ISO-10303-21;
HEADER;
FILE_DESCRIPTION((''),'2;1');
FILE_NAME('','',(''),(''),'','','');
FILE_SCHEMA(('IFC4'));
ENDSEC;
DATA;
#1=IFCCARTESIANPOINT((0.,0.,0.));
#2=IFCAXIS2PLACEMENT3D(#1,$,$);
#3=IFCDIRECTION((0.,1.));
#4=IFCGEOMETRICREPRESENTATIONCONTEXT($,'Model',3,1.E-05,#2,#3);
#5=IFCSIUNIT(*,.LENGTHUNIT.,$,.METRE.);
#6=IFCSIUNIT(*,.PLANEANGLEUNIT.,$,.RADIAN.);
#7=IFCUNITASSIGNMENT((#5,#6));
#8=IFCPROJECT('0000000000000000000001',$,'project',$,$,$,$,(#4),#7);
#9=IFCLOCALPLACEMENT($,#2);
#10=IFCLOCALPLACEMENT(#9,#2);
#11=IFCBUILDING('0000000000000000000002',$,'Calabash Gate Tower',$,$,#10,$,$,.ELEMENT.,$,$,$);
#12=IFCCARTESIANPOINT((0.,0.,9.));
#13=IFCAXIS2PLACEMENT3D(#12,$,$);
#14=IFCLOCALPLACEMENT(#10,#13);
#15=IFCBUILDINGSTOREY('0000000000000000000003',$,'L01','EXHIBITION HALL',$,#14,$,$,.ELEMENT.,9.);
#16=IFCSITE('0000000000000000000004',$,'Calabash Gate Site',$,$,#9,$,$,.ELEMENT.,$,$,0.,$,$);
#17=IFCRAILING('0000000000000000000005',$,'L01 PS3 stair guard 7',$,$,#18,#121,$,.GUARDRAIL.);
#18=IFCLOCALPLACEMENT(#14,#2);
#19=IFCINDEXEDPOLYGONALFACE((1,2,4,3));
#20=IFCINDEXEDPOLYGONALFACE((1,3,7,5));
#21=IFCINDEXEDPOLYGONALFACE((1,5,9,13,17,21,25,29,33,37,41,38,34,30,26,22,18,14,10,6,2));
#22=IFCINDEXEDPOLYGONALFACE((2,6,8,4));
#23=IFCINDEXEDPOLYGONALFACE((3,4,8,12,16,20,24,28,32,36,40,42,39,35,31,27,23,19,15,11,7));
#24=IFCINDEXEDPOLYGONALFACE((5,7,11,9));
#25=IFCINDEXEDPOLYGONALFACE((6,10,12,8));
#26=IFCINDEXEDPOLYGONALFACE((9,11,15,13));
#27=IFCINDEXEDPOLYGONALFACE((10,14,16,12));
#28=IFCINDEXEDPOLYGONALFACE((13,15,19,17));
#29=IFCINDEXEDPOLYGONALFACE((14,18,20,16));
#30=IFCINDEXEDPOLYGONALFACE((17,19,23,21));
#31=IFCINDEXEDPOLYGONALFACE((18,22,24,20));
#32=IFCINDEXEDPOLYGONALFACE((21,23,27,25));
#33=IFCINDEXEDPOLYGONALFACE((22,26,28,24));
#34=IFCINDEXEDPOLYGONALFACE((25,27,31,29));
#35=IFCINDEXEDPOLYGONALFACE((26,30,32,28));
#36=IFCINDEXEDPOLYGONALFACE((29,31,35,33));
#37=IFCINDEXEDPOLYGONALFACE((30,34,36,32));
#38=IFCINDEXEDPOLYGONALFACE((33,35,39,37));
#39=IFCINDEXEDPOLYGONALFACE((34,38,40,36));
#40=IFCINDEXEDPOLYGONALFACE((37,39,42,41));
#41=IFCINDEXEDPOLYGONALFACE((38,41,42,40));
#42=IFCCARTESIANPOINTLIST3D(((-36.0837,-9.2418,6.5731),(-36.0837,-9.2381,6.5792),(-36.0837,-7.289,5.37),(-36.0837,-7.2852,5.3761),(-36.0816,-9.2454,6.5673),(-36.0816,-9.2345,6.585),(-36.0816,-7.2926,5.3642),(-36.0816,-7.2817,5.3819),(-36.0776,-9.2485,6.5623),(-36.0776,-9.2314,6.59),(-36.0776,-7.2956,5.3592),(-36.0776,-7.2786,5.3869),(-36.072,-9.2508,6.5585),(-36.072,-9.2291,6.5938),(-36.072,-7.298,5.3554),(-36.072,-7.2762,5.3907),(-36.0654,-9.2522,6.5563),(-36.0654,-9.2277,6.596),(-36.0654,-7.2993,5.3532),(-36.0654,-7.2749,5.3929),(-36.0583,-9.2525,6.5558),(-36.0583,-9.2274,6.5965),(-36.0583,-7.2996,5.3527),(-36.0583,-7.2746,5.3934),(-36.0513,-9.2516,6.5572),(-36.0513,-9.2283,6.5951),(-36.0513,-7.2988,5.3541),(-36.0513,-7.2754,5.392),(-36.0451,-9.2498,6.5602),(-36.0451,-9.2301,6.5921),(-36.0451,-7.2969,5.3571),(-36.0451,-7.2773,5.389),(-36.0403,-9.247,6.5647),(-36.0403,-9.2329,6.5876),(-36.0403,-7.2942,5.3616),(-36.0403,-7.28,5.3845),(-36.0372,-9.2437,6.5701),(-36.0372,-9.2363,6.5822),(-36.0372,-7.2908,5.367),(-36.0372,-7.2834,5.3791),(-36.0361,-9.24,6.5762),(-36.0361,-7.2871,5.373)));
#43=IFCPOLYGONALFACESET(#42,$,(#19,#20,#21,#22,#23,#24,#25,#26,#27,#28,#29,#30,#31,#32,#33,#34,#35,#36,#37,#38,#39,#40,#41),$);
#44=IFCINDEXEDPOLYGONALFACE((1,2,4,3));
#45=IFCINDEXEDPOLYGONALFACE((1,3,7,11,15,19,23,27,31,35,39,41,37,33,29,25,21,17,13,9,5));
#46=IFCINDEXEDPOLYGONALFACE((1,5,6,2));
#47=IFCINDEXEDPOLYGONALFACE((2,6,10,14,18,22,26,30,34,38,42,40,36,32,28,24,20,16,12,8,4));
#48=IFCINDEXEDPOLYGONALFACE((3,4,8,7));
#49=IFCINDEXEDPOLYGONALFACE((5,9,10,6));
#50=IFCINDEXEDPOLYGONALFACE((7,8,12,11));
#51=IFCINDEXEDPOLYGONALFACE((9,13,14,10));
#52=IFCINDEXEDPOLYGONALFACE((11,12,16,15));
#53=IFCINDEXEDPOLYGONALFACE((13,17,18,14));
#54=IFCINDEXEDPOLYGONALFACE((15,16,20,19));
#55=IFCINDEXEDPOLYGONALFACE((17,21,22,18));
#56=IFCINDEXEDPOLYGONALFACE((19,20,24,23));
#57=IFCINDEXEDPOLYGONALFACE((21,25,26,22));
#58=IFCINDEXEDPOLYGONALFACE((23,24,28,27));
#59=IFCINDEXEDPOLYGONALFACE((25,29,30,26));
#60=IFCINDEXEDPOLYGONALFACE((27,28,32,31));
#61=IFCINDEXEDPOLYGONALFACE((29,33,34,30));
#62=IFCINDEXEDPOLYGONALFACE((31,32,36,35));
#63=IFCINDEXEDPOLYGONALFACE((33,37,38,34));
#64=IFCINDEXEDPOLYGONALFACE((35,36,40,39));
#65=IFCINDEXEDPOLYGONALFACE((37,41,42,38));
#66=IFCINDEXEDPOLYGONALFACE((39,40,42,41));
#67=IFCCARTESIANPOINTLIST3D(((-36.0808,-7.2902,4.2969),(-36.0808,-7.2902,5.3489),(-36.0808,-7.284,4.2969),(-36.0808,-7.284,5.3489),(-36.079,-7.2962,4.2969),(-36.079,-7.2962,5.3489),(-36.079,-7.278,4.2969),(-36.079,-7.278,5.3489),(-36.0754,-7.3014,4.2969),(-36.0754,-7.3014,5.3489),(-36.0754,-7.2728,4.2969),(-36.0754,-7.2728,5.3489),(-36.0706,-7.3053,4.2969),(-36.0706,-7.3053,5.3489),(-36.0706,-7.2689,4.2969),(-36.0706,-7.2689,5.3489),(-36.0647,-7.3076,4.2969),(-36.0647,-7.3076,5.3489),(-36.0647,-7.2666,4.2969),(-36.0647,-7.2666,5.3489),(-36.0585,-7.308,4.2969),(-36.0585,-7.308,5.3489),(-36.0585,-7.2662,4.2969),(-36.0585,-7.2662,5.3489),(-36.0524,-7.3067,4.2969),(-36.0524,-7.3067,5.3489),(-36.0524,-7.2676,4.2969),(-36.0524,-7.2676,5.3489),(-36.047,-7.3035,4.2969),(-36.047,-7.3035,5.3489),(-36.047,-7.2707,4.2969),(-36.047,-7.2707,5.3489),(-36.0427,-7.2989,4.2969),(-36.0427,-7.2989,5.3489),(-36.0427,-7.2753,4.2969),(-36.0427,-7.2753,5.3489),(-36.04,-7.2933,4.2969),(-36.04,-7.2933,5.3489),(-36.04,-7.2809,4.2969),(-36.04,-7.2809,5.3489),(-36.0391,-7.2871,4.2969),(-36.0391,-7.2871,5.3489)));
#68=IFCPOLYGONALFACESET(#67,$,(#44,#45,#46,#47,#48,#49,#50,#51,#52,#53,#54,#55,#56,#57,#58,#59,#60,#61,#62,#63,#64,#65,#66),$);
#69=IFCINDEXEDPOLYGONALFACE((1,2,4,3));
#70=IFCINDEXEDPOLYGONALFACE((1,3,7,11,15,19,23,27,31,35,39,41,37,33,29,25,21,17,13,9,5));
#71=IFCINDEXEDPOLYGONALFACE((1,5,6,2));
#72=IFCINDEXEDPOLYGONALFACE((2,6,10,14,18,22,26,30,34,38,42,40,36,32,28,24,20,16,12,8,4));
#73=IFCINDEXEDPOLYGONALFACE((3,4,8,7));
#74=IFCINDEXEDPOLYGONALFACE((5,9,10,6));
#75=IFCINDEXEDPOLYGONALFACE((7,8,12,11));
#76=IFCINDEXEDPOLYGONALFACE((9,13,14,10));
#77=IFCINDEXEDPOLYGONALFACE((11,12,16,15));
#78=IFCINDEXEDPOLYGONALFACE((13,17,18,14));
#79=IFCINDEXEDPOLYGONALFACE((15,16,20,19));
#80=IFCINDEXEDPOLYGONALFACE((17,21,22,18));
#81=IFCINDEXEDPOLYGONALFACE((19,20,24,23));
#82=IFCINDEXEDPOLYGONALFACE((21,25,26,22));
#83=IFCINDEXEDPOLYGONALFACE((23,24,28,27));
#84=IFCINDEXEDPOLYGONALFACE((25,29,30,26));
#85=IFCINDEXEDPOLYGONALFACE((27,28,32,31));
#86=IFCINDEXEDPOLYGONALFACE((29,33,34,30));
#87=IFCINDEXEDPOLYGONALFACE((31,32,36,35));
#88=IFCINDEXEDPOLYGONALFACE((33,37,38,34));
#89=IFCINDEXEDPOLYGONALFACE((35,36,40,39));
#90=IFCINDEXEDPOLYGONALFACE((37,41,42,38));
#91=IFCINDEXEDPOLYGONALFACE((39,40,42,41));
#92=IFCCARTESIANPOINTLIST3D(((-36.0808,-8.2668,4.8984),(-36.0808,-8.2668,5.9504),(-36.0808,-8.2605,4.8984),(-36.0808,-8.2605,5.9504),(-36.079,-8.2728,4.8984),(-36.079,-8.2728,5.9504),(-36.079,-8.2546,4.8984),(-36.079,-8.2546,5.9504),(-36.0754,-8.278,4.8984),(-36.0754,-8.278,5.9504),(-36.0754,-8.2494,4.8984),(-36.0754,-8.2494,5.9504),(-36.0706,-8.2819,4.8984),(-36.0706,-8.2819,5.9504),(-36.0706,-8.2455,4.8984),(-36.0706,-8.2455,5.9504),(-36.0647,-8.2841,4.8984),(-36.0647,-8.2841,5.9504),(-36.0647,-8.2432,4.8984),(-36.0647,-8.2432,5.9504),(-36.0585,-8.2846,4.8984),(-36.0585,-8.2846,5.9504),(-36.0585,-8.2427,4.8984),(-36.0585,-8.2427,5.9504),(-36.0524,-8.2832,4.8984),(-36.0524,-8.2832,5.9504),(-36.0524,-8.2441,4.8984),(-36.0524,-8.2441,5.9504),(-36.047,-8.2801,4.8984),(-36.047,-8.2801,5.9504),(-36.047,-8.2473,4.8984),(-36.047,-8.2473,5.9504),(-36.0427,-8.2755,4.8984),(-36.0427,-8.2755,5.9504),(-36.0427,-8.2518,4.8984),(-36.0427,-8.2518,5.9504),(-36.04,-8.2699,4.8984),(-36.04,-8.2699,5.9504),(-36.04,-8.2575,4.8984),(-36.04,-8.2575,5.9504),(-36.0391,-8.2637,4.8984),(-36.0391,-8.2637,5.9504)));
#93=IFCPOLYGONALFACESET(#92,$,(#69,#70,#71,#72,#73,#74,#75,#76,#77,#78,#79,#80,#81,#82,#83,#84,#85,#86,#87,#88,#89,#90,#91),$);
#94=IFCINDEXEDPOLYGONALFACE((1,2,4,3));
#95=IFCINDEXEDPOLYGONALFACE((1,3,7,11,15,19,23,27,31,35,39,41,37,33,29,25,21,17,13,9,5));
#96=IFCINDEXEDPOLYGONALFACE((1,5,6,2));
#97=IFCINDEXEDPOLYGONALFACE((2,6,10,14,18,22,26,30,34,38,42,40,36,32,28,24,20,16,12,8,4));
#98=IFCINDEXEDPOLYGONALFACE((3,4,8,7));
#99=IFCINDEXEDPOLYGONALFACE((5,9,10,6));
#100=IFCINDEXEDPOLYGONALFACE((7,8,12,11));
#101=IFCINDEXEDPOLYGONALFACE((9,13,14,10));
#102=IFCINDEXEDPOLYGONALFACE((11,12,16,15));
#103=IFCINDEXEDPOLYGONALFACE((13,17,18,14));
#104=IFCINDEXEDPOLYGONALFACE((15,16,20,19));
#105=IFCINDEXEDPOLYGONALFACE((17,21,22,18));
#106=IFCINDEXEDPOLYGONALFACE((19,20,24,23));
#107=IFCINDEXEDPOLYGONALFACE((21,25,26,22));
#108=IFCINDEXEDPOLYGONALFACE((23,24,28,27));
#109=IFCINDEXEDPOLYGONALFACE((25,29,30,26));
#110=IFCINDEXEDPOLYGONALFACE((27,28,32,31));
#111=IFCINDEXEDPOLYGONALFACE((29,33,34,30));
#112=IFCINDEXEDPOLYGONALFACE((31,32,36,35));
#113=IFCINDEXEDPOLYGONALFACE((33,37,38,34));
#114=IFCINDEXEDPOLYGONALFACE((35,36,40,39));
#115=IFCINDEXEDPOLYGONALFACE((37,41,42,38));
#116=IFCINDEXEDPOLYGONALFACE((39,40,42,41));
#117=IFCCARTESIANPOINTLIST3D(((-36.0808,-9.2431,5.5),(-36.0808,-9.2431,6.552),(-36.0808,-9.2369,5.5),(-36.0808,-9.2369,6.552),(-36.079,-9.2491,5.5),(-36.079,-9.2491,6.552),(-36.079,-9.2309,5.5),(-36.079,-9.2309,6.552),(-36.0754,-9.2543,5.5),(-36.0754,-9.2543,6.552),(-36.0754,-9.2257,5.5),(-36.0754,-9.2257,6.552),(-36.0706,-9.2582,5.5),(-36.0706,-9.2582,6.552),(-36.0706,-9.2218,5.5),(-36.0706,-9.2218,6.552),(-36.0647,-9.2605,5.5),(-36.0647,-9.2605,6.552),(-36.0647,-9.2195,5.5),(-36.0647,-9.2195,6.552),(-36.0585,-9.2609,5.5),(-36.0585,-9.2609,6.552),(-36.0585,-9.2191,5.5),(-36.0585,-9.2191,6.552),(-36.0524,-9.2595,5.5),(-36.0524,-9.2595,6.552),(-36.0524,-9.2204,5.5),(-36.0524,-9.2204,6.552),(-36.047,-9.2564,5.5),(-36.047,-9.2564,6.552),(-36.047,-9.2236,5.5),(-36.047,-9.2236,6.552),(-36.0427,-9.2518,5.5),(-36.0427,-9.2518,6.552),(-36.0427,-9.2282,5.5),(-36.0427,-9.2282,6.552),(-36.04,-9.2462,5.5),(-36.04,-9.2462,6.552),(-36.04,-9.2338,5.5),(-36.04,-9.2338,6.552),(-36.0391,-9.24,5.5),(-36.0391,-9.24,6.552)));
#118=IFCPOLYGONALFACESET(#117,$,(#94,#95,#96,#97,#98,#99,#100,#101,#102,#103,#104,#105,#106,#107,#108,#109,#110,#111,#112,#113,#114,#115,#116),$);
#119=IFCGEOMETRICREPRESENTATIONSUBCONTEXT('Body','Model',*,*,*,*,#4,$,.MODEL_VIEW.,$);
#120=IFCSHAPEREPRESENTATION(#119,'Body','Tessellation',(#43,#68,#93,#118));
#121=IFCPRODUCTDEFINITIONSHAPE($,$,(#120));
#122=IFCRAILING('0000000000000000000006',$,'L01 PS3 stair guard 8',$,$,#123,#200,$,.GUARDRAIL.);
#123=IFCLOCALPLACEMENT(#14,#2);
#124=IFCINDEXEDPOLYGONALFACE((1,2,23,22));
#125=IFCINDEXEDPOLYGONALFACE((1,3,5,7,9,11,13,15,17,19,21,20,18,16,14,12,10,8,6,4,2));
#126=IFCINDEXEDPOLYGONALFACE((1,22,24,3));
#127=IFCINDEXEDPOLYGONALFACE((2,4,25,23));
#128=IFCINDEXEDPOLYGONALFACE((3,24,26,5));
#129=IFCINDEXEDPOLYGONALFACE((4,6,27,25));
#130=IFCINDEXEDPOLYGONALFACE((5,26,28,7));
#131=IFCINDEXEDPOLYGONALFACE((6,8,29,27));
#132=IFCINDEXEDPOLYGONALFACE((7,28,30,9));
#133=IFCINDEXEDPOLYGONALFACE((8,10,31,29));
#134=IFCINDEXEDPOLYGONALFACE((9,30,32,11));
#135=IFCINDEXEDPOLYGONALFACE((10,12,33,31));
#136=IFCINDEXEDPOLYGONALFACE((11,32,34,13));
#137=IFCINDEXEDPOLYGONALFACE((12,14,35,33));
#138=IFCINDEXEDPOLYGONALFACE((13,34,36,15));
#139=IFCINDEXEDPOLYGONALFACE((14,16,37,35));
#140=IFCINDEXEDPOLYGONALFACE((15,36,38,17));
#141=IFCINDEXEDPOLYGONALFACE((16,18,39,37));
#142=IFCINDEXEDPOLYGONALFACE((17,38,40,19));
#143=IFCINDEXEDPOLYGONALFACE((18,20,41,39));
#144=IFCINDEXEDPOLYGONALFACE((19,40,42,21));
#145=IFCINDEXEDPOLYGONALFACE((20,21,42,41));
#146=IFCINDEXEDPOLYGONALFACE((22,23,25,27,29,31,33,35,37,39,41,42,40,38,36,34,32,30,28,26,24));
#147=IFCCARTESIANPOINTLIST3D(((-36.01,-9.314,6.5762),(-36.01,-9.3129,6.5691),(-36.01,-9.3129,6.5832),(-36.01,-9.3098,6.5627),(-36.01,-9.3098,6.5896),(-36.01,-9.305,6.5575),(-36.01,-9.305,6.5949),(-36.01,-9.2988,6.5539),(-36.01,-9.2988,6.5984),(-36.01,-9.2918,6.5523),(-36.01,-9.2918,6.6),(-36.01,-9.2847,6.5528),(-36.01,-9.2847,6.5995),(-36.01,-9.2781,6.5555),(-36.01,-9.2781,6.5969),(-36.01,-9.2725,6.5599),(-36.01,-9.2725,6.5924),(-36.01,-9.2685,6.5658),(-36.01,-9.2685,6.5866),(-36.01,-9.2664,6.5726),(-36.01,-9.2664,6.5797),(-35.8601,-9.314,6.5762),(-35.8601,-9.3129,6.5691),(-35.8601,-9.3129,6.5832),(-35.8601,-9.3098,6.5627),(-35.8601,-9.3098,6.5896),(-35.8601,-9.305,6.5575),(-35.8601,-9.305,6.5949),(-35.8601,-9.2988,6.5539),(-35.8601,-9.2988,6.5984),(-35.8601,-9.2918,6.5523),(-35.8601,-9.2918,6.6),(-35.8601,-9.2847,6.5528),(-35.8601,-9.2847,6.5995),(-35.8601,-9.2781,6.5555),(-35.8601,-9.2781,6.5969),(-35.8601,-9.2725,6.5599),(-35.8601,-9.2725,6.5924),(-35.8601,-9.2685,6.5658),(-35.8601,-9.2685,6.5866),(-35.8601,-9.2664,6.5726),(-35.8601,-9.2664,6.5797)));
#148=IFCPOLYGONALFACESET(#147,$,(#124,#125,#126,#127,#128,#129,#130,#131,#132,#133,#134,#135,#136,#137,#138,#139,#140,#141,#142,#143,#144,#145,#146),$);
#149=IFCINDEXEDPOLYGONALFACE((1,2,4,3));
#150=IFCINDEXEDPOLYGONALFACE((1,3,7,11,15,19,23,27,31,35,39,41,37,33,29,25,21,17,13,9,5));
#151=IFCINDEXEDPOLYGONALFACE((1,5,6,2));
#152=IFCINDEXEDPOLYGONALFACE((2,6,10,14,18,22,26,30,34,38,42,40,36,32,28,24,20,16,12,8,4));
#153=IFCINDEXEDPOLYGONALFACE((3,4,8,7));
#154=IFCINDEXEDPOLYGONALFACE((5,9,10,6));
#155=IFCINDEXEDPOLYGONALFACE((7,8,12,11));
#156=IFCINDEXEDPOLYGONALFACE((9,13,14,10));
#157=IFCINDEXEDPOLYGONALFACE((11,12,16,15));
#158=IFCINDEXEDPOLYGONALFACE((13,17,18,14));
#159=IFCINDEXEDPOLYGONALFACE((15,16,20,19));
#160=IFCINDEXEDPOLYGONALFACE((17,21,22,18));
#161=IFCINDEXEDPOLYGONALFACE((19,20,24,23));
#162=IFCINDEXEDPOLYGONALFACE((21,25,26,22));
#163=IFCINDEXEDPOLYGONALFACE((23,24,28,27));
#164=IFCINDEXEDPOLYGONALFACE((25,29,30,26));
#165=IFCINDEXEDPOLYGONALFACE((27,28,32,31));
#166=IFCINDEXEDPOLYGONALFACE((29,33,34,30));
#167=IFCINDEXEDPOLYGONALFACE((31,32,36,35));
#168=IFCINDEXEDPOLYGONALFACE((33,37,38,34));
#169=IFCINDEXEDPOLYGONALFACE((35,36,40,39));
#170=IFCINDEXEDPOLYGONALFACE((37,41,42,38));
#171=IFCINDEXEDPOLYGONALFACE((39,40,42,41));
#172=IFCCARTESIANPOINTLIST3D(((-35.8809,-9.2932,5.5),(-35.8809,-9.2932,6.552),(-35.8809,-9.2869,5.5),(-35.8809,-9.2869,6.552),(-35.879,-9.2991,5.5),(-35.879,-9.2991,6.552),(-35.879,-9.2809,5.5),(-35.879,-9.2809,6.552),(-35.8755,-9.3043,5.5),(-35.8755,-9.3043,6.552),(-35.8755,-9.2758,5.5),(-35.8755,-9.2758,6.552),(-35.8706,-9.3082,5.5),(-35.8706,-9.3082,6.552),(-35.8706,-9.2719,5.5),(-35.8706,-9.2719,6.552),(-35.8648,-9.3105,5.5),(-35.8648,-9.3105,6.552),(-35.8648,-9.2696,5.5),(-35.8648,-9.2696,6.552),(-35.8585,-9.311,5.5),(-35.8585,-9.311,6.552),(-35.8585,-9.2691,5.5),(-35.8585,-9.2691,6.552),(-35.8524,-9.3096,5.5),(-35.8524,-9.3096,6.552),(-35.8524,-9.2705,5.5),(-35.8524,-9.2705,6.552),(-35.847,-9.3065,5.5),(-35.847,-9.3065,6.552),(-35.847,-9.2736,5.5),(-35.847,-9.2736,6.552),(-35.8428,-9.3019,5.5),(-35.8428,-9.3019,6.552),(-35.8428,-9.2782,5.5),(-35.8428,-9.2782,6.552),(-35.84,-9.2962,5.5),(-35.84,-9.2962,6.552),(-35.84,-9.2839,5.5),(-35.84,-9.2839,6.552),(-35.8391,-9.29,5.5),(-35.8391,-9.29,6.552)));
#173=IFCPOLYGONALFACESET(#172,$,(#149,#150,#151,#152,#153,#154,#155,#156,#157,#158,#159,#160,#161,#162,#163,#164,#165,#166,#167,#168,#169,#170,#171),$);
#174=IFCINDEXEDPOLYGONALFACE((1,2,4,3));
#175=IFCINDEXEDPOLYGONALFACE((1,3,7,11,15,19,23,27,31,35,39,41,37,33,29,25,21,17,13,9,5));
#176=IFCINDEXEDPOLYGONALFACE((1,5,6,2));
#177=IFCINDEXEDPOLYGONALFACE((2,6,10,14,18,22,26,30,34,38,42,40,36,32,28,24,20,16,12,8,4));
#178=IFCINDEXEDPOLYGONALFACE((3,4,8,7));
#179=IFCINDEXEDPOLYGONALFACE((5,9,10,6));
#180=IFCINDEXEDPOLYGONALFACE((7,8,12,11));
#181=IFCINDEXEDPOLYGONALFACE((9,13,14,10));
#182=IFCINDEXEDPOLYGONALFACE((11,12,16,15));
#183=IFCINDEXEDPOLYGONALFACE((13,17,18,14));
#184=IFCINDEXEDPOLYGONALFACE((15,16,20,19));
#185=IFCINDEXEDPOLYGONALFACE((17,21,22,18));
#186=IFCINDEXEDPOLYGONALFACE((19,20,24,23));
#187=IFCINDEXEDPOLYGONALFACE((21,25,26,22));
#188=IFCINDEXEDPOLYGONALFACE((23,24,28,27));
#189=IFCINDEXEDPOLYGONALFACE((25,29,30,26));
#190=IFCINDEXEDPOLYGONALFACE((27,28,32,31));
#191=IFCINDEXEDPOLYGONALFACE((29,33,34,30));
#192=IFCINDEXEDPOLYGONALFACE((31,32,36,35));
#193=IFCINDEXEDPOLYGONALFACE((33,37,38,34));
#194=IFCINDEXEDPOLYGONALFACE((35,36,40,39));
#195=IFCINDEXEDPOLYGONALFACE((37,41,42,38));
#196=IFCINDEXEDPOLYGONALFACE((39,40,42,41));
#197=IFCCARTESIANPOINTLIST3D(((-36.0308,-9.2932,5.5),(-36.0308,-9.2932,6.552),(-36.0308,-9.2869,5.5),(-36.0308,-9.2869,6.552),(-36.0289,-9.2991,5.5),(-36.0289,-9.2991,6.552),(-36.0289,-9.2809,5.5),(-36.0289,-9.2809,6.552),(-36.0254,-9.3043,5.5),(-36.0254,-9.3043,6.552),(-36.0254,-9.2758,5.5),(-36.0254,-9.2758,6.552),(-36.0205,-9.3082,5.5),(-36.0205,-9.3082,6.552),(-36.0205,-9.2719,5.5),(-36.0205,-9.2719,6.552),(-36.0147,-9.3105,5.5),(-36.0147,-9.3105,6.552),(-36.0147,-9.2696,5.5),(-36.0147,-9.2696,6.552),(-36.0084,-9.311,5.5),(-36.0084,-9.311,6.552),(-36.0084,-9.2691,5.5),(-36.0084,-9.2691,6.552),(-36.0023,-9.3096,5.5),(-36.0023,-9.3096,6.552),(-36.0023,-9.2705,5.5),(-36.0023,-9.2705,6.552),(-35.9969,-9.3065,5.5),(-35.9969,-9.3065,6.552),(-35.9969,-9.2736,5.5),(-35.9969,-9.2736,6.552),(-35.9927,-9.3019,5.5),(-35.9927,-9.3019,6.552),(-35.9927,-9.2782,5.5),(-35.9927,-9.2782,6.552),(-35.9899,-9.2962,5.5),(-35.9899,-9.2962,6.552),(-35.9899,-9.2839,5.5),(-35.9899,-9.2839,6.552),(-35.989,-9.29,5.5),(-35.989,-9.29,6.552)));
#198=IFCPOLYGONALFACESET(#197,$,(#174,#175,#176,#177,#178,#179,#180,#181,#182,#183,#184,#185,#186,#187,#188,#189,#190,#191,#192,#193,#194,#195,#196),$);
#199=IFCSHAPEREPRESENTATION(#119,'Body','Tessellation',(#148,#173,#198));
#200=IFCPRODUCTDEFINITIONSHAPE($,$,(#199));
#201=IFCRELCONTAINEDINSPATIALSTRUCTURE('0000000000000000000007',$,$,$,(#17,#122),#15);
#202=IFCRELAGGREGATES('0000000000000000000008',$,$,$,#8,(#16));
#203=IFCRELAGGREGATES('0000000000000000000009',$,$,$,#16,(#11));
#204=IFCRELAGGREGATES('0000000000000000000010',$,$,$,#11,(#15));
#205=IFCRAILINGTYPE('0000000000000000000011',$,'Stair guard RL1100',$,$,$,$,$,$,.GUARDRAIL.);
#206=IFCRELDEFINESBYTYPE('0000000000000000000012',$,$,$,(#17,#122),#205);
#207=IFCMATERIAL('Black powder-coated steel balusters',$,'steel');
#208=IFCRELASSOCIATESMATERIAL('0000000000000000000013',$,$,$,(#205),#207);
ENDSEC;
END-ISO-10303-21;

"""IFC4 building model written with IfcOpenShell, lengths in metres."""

from ifc_helpers import new_model, si_unit, direction, frame, origin, origin_2d, place, context, subcontext, project, spatial, circle, extrude, material, type_object, element, save


model = new_model("IFC4")

# Units and contexts
model_context = context("Model", 3, precision=1e-05, world=origin(), true_north=direction((0.0, 1.0)))
body_context = subcontext(model_context, "Body", "Model", "MODEL_VIEW")
ifc_project = project(units=[si_unit("LENGTHUNIT", "METRE"), si_unit("PLANEANGLEUNIT", "RADIAN")], contexts=[model_context])

# Site, building, storey
site_placement = place(None, origin())
site = spatial("IfcSite", under=ifc_project, at=site_placement, Name="Calabash Gate Site", CompositionType="ELEMENT", RefElevation=0.0)
building_placement = place(site_placement, origin())
building = spatial("IfcBuilding", under=site, at=building_placement, Name="Calabash Gate Tower", CompositionType="ELEMENT")
storey_placement = place(building_placement, frame((0.0, 0.0, 9.0)))
storey = spatial("IfcBuildingStorey", under=building, at=storey_placement, Name="L01", Description="EXHIBITION HALL", CompositionType="ELEMENT", Elevation=9.0)

# Railings
ifc_material_1 = material(Name="Black powder-coated steel balusters", Category="steel")
railing_type_1 = type_object("IfcRailingType", Name="Stair guard RL1100", PredefinedType="GUARDRAIL", material=ifc_material_1)
railing_1_placement = place(storey_placement, frame((-36.0601, -7.2871, 4.2969)))
element("IfcRailing", 1, at=railing_1_placement, inside=storey, type_object=railing_type_1, Name="L01 PS3 stair guard 7", PredefinedType="GUARDRAIL", context=body_context, shape_type="SweptSolid", body=[
    extrude(circle(Radius=0.0239, at=origin_2d()), frame((0.0, 0.0, 1.0762), z_axis=(0.0, -0.851395, 0.524525), x_axis=(1.0, 0.0, 0.0)), (0.0, 0.0, 1.0), 2.2937),
    extrude(circle(Radius=0.021, at=origin_2d()), origin(), (0.0, 0.0, 1.0), 1.052),
    extrude(circle(Radius=0.021, at=origin_2d()), frame((0.0, -0.9766, 0.6016)), (0.0, 0.0, 1.0), 1.052),
    extrude(circle(Radius=0.021, at=origin_2d()), frame((0.0, -1.9529, 1.2031)), (0.0, 0.0, 1.0), 1.052),
])
for number, where, name in (
    (2, (-35.8601, -9.29, 5.5), "L01 PS3 stair guard 8"),
):
    element("IfcRailing", number, at=place(storey_placement, frame(where)), inside=storey, type_object=railing_type_1, Name=name, PredefinedType="GUARDRAIL", context=body_context, shape_type="SweptSolid", body=[
        extrude(circle(Radius=0.0239, at=origin_2d()), frame((0.0, 0.0, 1.0762), z_axis=(-1.0, 0.0, 0.0), x_axis=(0.0, -1.0, 0.0)), (0.0, 0.0, 1.0), 0.1499),
        extrude(circle(Radius=0.021, at=origin_2d()), origin(), (0.0, 0.0, 1.0), 1.052),
        extrude(circle(Radius=0.021, at=origin_2d()), frame((-0.1499, 0.0, 0.0)), (0.0, 0.0, 1.0), 1.052),
    ])

save(model, "model.ifc")
